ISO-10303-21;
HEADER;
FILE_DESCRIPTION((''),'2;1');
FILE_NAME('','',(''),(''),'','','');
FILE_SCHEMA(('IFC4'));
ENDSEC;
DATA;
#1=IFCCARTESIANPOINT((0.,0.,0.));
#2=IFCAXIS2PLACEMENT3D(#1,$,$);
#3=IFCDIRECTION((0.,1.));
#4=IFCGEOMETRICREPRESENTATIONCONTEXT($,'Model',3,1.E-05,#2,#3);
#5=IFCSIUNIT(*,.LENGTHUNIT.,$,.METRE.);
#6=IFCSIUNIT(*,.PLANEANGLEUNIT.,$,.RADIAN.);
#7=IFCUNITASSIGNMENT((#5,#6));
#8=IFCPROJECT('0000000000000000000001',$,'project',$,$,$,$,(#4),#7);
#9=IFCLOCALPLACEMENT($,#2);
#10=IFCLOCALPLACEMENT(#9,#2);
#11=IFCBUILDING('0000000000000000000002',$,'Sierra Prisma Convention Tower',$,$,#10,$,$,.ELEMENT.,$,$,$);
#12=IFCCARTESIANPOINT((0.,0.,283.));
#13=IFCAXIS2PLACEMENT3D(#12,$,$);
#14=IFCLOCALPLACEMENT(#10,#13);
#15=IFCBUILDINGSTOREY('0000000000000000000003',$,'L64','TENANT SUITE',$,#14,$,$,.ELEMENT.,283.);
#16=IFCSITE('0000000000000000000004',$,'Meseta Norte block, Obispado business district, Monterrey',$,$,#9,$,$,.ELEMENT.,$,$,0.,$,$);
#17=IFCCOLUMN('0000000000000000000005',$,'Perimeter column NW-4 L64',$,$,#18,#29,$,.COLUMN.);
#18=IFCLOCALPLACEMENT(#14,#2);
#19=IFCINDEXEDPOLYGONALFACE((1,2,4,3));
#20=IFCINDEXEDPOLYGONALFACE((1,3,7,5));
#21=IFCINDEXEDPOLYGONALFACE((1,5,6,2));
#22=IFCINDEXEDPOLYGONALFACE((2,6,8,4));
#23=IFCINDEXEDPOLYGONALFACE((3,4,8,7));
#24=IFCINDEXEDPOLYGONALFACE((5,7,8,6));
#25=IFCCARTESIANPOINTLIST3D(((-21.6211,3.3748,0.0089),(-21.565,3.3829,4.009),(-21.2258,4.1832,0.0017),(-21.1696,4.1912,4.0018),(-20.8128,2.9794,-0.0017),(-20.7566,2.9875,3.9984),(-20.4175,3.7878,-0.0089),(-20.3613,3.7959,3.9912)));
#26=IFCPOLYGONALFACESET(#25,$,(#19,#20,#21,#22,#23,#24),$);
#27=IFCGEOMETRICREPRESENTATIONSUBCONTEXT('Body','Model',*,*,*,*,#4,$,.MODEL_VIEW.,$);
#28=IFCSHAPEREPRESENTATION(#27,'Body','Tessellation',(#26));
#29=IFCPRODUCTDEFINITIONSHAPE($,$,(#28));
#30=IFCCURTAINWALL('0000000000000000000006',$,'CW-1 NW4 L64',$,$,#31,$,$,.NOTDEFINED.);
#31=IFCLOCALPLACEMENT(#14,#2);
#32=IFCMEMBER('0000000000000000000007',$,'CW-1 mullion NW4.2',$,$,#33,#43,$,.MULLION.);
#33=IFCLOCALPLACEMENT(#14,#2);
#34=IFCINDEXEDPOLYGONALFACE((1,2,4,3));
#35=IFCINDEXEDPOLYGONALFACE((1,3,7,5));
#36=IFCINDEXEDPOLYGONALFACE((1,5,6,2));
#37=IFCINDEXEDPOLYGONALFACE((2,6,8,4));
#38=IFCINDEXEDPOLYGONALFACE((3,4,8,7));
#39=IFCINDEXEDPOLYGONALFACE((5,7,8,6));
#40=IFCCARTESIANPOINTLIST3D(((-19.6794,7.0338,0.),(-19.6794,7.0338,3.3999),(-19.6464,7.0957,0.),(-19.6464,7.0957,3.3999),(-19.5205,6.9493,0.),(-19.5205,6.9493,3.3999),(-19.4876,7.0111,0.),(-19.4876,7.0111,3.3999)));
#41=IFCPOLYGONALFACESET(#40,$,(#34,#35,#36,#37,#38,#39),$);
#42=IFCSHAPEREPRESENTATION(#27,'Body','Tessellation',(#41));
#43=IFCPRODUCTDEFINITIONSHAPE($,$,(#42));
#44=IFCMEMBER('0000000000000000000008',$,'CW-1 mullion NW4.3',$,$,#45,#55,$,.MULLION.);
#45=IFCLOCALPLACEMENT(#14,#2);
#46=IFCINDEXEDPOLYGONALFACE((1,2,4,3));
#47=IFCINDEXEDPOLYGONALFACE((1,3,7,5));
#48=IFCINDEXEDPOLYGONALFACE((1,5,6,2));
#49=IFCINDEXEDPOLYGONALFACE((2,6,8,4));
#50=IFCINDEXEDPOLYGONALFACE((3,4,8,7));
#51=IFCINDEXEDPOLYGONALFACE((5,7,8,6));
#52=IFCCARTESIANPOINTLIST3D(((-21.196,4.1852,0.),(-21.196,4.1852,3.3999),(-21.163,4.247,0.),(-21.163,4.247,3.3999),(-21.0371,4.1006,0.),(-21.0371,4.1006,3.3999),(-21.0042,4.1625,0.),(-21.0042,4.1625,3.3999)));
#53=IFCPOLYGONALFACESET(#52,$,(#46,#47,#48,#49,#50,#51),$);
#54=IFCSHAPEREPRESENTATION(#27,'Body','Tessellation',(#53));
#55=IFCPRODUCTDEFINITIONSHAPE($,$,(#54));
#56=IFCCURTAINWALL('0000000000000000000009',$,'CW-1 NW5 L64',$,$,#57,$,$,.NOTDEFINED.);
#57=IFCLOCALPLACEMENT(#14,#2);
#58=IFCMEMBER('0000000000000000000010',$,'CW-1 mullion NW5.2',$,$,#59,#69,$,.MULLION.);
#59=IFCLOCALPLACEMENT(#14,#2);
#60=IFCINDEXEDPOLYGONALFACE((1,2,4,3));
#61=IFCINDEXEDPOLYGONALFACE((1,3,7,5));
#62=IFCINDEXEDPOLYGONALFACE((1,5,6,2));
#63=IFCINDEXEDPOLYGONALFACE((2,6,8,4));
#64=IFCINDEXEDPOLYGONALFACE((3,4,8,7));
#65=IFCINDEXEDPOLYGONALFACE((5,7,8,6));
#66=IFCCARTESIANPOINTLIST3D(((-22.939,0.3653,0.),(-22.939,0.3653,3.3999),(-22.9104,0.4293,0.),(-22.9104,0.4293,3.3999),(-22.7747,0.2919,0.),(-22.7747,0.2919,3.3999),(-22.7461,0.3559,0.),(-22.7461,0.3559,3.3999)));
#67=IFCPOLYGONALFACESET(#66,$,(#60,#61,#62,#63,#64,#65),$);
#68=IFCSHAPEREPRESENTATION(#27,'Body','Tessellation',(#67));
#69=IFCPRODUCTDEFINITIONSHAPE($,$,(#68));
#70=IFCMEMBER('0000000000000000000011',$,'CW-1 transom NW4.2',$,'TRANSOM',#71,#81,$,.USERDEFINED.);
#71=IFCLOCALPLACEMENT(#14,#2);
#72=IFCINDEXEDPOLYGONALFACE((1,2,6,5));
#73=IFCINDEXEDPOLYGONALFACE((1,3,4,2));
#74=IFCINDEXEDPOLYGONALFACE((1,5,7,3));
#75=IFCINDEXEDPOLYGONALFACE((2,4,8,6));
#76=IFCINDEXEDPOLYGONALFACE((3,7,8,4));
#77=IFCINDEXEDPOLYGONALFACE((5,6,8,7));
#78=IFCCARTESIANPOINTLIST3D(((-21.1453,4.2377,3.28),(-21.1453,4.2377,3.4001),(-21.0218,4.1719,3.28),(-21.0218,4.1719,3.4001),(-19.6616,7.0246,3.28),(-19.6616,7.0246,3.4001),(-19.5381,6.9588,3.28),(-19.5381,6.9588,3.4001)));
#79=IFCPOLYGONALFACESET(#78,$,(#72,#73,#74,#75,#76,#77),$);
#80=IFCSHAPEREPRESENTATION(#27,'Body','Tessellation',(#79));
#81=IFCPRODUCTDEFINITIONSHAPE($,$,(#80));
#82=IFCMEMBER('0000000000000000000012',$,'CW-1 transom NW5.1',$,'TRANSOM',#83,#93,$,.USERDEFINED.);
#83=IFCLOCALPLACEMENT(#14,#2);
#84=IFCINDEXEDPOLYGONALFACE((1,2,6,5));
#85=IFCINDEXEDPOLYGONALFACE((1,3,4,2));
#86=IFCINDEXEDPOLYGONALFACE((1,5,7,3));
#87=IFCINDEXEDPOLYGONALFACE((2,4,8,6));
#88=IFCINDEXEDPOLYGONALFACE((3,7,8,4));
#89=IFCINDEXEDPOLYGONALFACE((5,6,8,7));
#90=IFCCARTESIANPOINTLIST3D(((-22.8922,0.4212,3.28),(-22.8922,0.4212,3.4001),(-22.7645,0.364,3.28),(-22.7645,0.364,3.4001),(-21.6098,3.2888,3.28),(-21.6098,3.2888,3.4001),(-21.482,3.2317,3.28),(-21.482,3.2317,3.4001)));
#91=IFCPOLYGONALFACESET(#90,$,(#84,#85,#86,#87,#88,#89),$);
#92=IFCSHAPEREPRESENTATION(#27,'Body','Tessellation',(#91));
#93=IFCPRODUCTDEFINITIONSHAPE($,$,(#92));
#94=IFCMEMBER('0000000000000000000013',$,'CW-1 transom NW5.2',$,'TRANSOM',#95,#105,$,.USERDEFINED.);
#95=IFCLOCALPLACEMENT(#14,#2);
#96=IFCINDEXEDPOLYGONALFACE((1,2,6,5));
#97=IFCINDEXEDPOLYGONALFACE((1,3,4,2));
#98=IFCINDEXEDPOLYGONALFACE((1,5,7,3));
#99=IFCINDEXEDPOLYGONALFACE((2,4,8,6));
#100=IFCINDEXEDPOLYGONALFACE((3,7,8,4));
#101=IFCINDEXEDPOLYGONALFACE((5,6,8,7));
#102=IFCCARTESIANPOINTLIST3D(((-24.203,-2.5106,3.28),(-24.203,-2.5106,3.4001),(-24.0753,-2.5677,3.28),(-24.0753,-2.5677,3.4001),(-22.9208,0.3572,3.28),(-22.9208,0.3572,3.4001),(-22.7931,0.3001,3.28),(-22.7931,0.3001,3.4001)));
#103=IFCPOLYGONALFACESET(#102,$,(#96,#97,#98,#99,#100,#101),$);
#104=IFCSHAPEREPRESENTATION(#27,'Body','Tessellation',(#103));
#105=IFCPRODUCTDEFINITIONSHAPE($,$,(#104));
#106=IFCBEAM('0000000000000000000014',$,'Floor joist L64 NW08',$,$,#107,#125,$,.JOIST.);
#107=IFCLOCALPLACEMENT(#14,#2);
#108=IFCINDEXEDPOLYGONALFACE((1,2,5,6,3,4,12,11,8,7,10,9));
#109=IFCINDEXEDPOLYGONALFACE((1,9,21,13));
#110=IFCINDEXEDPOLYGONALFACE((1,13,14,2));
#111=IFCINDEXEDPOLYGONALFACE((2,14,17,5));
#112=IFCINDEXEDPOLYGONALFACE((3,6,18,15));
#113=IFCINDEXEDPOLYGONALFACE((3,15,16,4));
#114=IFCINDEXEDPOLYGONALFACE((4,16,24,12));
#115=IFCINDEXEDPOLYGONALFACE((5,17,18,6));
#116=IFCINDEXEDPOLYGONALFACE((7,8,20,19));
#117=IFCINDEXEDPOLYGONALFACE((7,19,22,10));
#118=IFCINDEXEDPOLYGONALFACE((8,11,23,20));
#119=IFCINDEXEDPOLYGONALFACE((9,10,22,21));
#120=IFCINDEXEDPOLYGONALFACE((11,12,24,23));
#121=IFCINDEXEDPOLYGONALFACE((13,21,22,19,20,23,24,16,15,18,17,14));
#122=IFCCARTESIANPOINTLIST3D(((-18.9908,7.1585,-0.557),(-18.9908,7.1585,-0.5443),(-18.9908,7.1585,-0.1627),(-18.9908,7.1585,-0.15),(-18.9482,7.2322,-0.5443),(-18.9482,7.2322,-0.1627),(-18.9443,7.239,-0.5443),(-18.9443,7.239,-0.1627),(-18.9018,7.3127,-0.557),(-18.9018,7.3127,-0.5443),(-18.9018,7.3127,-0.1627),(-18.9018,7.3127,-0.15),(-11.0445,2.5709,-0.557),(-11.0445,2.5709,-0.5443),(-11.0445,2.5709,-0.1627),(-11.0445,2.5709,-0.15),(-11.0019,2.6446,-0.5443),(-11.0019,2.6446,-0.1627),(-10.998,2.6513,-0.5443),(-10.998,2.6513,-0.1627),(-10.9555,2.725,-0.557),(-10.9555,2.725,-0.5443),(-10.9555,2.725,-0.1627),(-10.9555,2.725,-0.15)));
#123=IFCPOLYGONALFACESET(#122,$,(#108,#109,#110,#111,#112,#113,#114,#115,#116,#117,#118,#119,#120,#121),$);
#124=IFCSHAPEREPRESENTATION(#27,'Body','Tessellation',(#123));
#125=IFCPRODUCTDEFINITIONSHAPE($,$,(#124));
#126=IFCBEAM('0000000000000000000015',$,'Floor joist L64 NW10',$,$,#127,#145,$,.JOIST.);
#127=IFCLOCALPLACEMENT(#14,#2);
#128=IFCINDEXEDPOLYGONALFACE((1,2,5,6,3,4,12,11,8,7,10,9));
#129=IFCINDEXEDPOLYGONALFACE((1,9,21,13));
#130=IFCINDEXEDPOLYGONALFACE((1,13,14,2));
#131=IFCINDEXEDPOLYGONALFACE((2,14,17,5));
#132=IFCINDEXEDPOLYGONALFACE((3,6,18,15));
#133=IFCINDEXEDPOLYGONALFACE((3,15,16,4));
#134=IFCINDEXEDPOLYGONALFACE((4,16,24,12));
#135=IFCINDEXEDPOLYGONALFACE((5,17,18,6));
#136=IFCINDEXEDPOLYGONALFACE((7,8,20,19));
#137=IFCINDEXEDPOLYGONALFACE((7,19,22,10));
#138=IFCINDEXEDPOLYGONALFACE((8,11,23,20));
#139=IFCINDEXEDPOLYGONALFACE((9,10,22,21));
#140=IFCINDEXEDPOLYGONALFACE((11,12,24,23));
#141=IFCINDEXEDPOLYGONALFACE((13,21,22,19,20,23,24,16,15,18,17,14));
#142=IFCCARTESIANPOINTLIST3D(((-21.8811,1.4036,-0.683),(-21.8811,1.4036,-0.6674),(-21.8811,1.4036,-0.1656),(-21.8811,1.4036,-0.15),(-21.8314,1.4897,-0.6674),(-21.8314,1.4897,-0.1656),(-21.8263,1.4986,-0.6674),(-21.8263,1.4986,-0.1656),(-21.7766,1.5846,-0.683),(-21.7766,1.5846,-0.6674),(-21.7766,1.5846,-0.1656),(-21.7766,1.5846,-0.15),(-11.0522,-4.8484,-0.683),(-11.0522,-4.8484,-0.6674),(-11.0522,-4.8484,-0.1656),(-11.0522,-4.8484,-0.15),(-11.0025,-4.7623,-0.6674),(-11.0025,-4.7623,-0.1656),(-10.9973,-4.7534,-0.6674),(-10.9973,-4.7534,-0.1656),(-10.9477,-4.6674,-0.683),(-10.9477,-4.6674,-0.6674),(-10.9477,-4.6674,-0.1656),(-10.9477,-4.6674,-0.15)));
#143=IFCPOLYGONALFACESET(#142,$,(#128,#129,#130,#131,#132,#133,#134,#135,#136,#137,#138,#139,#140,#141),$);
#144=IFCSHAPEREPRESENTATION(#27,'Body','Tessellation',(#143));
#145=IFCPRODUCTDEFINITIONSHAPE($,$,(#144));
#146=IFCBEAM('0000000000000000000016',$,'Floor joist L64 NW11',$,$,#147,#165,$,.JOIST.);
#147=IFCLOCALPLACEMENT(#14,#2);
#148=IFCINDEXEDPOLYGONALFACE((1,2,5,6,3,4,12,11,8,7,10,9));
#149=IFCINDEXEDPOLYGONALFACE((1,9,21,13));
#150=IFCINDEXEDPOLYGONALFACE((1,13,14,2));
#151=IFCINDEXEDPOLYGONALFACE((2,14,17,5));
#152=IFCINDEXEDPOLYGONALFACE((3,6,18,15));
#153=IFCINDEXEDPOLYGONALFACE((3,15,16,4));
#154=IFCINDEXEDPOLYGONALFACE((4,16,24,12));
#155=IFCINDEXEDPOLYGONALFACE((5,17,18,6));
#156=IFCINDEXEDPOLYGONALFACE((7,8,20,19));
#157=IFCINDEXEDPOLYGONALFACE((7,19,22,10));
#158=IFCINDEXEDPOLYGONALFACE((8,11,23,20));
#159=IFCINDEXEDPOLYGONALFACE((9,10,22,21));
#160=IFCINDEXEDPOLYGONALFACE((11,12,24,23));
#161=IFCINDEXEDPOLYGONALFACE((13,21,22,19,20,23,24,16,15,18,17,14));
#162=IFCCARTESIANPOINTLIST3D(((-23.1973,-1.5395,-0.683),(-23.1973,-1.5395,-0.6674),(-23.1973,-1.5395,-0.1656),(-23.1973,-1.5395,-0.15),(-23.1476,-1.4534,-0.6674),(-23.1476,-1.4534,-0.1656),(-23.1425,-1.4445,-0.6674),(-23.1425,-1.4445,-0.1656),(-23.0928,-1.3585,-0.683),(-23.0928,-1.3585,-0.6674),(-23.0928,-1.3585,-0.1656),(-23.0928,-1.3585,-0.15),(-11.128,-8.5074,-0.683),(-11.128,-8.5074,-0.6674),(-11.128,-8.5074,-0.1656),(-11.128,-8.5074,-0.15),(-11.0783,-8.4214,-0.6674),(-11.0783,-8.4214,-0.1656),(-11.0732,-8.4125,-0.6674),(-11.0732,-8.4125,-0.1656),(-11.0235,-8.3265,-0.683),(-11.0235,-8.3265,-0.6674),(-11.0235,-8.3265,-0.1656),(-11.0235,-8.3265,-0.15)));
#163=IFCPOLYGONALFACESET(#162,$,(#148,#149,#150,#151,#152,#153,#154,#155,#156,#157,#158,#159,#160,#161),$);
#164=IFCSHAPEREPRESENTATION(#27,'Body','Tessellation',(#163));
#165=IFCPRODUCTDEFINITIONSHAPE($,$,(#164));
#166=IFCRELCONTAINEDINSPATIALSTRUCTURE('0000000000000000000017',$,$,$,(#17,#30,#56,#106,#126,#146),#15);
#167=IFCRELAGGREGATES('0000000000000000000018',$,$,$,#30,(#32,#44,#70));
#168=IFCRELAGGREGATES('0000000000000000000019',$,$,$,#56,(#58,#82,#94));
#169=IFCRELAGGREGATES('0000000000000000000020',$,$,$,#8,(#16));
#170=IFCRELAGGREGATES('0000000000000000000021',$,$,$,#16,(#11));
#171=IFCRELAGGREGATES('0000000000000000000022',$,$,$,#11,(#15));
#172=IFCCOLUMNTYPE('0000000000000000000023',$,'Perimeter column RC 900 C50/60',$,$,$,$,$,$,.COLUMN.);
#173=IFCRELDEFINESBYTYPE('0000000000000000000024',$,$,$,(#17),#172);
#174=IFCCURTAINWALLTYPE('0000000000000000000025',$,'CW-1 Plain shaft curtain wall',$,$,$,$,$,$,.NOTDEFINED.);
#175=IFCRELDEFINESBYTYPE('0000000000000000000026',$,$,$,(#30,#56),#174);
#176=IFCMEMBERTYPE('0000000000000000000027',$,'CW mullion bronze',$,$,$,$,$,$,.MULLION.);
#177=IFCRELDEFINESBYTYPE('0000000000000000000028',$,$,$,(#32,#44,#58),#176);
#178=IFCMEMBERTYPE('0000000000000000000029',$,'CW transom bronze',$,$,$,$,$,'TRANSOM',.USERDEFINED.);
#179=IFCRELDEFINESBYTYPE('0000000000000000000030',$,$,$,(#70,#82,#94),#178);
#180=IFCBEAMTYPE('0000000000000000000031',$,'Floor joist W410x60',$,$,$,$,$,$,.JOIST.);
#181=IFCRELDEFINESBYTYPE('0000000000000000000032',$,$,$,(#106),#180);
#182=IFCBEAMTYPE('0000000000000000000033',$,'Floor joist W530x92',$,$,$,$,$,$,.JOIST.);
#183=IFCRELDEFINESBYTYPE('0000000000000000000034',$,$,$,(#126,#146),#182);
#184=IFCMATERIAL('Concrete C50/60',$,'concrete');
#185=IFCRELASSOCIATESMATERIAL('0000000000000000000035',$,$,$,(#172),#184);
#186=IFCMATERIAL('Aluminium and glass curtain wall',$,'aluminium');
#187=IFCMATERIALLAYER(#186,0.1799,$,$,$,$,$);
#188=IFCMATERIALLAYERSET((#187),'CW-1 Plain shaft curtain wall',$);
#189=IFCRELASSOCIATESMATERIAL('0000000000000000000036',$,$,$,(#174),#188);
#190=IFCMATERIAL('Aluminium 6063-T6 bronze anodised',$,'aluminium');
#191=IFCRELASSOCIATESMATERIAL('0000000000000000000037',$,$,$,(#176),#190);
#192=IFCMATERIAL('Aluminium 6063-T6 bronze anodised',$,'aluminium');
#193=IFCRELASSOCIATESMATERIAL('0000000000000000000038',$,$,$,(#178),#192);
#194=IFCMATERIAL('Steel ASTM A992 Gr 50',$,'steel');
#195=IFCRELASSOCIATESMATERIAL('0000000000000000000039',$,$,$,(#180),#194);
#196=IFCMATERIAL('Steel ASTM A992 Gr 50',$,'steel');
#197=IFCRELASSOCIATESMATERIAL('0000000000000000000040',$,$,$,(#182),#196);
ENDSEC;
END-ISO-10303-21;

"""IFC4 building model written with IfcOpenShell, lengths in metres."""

from ifc_helpers import new_model, si_unit, direction, frame, origin, origin_2d, place, context, subcontext, project, spatial, rectangle, i_section, extrude, material, layer, layer_set, material_profile, profile_set, type_object, element, aggregate, save


model = new_model("IFC4")

# Units and contexts
model_context = context("Model", 3, precision=1e-05, world=origin(), true_north=direction((0.0, 1.0)))
body_context = subcontext(model_context, "Body", "Model", "MODEL_VIEW")
ifc_project = project(units=[si_unit("LENGTHUNIT", "METRE"), si_unit("PLANEANGLEUNIT", "RADIAN")], contexts=[model_context])

# Site, building, storey
site_placement = place(None, origin())
site = spatial("IfcSite", under=ifc_project, at=site_placement, Name="Meseta Norte block, Obispado business district, Monterrey", CompositionType="ELEMENT", RefElevation=0.0)
building_placement = place(site_placement, origin())
building = spatial("IfcBuilding", under=site, at=building_placement, Name="Sierra Prisma Convention Tower", CompositionType="ELEMENT")
storey_placement = place(building_placement, frame((0.0, 0.0, 283.0)))
storey = spatial("IfcBuildingStorey", under=building, at=storey_placement, Name="L64", Description="TENANT SUITE", CompositionType="ELEMENT", Elevation=283.0)

# Column
ifc_material_1 = material(Name="Concrete C50/60", Category="concrete")
ifc_material_profile_1 = material_profile(ifc_material_1, rectangle(XDim=0.8999, YDim=0.8999, at=origin_2d()), Name="Perimeter column RC 900 C50/60")
ifc_profile_set_1 = profile_set([ifc_material_profile_1], Name="Concrete C50/60")
column_type = type_object("IfcColumnType", Name="Perimeter column RC 900 C50/60", PredefinedType="COLUMN", material=ifc_profile_set_1)
column_placement = place(storey_placement, frame((-21.0193, 3.5813, 0.0), z_axis=(0.014037, 0.002014, 0.999899), x_axis=(0.439291, 0.89831, -0.007976)))
element("IfcColumn", 1, at=column_placement, inside=storey, type_object=column_type, Name="Perimeter column NW-4 L64", PredefinedType="COLUMN", context=body_context, shape_type="SweptSolid", body=[
    extrude(rectangle(XDim=0.8999, YDim=0.8999, at=origin_2d()), origin(), (0.0, 0.0, 1.0), 4.0005),
])

# Curtain wall, members
ifc_material_2 = material(Name="Aluminium and glass curtain wall", Category="aluminium")
ifc_layer_1 = layer(ifc_material_2, 0.1799)
ifc_layer_set_1 = layer_set([ifc_layer_1], Name="CW-1 Plain shaft curtain wall")
curtain_wall_type = type_object("IfcCurtainWallType", Name="CW-1 Plain shaft curtain wall", PredefinedType="NOTDEFINED", material=ifc_layer_set_1)
curtain_wall_1_placement = place(storey_placement, origin())
curtain_wall_1 = element("IfcCurtainWall", 2, at=curtain_wall_1_placement, inside=storey, type_object=curtain_wall_type, Name="CW-1 NW4 L64", PredefinedType="NOTDEFINED")
ifc_material_3 = material(Name="Aluminium 6063-T6 bronze anodised", Category="aluminium")
ifc_material_profile_2 = material_profile(ifc_material_3, rectangle(XDim=0.1799, YDim=0.0701, at=origin_2d()), Name="ALU MULLION 70x180")
ifc_profile_set_2 = profile_set([ifc_material_profile_2], Name="Aluminium 6063-T6 bronze anodised")
member_type_1 = type_object("IfcMemberType", Name="CW mullion bronze", PredefinedType="MULLION", material=ifc_profile_set_2)
member_1_placement = place(storey_placement, frame((-19.5835, 7.0225, 0.0), z_axis=(0.0, 0.0, 1.0), x_axis=(0.882696, -0.469945, 0.0)))
member_1 = element("IfcMember", 3, at=member_1_placement, type_object=member_type_1, Name="CW-1 mullion NW4.2", PredefinedType="MULLION", context=body_context, shape_type="SweptSolid", body=[
    extrude(rectangle(XDim=0.1799, YDim=0.0701, at=origin_2d()), origin(), (0.0, 0.0, 1.0), 3.3999),
])
member_2_placement = place(storey_placement, frame((-21.1001, 4.1738, 0.0), z_axis=(0.0, 0.0, 1.0), x_axis=(0.882696, -0.469945, 0.0)))
member_2 = element("IfcMember", 4, at=member_2_placement, type_object=member_type_1, Name="CW-1 mullion NW4.3", PredefinedType="MULLION", context=body_context, shape_type="SweptSolid", body=[
    extrude(rectangle(XDim=0.1799, YDim=0.0701, at=origin_2d()), origin(), (0.0, 0.0, 1.0), 3.3999),
])

# Curtain wall, member
curtain_wall_2_placement = place(storey_placement, origin())
curtain_wall_2 = element("IfcCurtainWall", 5, at=curtain_wall_2_placement, inside=storey, type_object=curtain_wall_type, Name="CW-1 NW5 L64", PredefinedType="NOTDEFINED")
member_3_placement = place(storey_placement, frame((-22.8425, 0.3606, 0.0), z_axis=(0.0, 0.0, 1.0), x_axis=(0.91289, -0.408205, 0.0)))
member_3 = element("IfcMember", 6, at=member_3_placement, type_object=member_type_1, Name="CW-1 mullion NW5.2", PredefinedType="MULLION", context=body_context, shape_type="SweptSolid", body=[
    extrude(rectangle(XDim=0.1799, YDim=0.0701, at=origin_2d()), origin(), (0.0, 0.0, 1.0), 3.3999),
])

# Members
ifc_material_4 = material(Name="Aluminium 6063-T6 bronze anodised", Category="aluminium")
ifc_material_profile_3 = material_profile(ifc_material_4, rectangle(XDim=0.1399, YDim=0.1201, at=origin_2d()), Name="ALU TRANSOM 120x140")
ifc_profile_set_3 = profile_set([ifc_material_profile_3], Name="Aluminium 6063-T6 bronze anodised")
member_type_2 = type_object("IfcMemberType", Name="CW transom bronze", ElementType="TRANSOM", PredefinedType="USERDEFINED", material=ifc_profile_set_3)
member_4_placement = place(storey_placement, frame((-19.5999, 6.9917, 3.3401), z_axis=(-0.469926, -0.882706, 0.0), x_axis=(0.882706, -0.469926, 0.0)))
member_4 = element("IfcMember", 7, at=member_4_placement, type_object=member_type_2, Name="CW-1 transom NW4.2", ObjectType="TRANSOM", PredefinedType="USERDEFINED", context=body_context, shape_type="SweptSolid", body=[
    extrude(rectangle(XDim=0.1399, YDim=0.1201, at=origin_2d()), origin(), (0.0, 0.0, 1.0), 3.1572),
])
member_5_placement = place(storey_placement, frame((-21.5459, 3.2603, 3.3401), z_axis=(-0.40825, -0.91287, 0.0), x_axis=(0.91287, -0.40825, 0.0)))
member_5 = element("IfcMember", 8, at=member_5_placement, type_object=member_type_2, Name="CW-1 transom NW5.1", ObjectType="TRANSOM", PredefinedType="USERDEFINED", context=body_context, shape_type="SweptSolid", body=[
    extrude(rectangle(XDim=0.1399, YDim=0.1201, at=origin_2d()), origin(), (0.0, 0.0, 1.0), 3.1414),
])
member_6_placement = place(storey_placement, frame((-22.8569, 0.3286, 3.3401), z_axis=(-0.408185, -0.912899, 0.0), x_axis=(0.912899, -0.408185, 0.0)))
member_6 = element("IfcMember", 9, at=member_6_placement, type_object=member_type_2, Name="CW-1 transom NW5.2", ObjectType="TRANSOM", PredefinedType="USERDEFINED", context=body_context, shape_type="SweptSolid", body=[
    extrude(rectangle(XDim=0.1399, YDim=0.1201, at=origin_2d()), origin(), (0.0, 0.0, 1.0), 3.1414),
])

# Beams
ifc_material_5 = material(Name="Steel ASTM A992 Gr 50", Category="steel")
ifc_material_profile_4 = material_profile(ifc_material_5, i_section(OverallWidth=0.178, OverallDepth=0.407, WebThickness=0.0078, FlangeThickness=0.0127, at=origin_2d()), Name="W410x60")
ifc_profile_set_4 = profile_set([ifc_material_profile_4], Name="Steel ASTM A992 Gr 50")
beam_type_1 = type_object("IfcBeamType", Name="Floor joist W410x60", PredefinedType="JOIST", material=ifc_profile_set_4)
beam_1_placement = place(storey_placement, frame((-18.9463, 7.2356, -0.3535), z_axis=(0.866032, -0.499988, 0.0), x_axis=(0.499988, 0.866032, 0.0)))
element("IfcBeam", 10, at=beam_1_placement, inside=storey, type_object=beam_type_1, Name="Floor joist L64 NW08", PredefinedType="JOIST", context=body_context, shape_type="SweptSolid", body=[
    extrude(i_section(OverallWidth=0.178, OverallDepth=0.407, WebThickness=0.0078, FlangeThickness=0.0127, at=origin_2d()), origin(), (0.0, 0.0, 1.0), 9.1755),
])
ifc_material_6 = material(Name="Steel ASTM A992 Gr 50", Category="steel")
ifc_material_profile_5 = material_profile(ifc_material_6, i_section(OverallWidth=0.209, OverallDepth=0.533, WebThickness=0.0103, FlangeThickness=0.0156, at=origin_2d()), Name="W530x92")
ifc_profile_set_5 = profile_set([ifc_material_profile_5], Name="Steel ASTM A992 Gr 50")
beam_type_2 = type_object("IfcBeamType", Name="Floor joist W530x92", PredefinedType="JOIST", material=ifc_profile_set_5)
beam_2_placement = place(storey_placement, frame((-21.8289, 1.4941, -0.4165), z_axis=(0.866029, -0.499995, 0.0), x_axis=(0.499995, 0.866029, 0.0)))
element("IfcBeam", 11, at=beam_2_placement, inside=storey, type_object=beam_type_2, Name="Floor joist L64 NW10", PredefinedType="JOIST", context=body_context, shape_type="SweptSolid", body=[
    extrude(i_section(OverallWidth=0.209, OverallDepth=0.533, WebThickness=0.0103, FlangeThickness=0.0156, at=origin_2d()), origin(), (0.0, 0.0, 1.0), 12.5042),
])
beam_3_placement = place(storey_placement, frame((-23.145, -1.449, -0.4165), z_axis=(0.866032, -0.499988, 0.0), x_axis=(0.499988, 0.866032, 0.0)))
element("IfcBeam", 12, at=beam_3_placement, inside=storey, type_object=beam_type_2, Name="Floor joist L64 NW11", PredefinedType="JOIST", context=body_context, shape_type="SweptSolid", body=[
    extrude(i_section(OverallWidth=0.209, OverallDepth=0.533, WebThickness=0.0103, FlangeThickness=0.0156, at=origin_2d()), origin(), (0.0, 0.0, 1.0), 13.9363),
])

aggregate(curtain_wall_1, [member_1, member_2, member_4])
aggregate(curtain_wall_2, [member_3, member_5, member_6])

save(model, "model.ifc")
